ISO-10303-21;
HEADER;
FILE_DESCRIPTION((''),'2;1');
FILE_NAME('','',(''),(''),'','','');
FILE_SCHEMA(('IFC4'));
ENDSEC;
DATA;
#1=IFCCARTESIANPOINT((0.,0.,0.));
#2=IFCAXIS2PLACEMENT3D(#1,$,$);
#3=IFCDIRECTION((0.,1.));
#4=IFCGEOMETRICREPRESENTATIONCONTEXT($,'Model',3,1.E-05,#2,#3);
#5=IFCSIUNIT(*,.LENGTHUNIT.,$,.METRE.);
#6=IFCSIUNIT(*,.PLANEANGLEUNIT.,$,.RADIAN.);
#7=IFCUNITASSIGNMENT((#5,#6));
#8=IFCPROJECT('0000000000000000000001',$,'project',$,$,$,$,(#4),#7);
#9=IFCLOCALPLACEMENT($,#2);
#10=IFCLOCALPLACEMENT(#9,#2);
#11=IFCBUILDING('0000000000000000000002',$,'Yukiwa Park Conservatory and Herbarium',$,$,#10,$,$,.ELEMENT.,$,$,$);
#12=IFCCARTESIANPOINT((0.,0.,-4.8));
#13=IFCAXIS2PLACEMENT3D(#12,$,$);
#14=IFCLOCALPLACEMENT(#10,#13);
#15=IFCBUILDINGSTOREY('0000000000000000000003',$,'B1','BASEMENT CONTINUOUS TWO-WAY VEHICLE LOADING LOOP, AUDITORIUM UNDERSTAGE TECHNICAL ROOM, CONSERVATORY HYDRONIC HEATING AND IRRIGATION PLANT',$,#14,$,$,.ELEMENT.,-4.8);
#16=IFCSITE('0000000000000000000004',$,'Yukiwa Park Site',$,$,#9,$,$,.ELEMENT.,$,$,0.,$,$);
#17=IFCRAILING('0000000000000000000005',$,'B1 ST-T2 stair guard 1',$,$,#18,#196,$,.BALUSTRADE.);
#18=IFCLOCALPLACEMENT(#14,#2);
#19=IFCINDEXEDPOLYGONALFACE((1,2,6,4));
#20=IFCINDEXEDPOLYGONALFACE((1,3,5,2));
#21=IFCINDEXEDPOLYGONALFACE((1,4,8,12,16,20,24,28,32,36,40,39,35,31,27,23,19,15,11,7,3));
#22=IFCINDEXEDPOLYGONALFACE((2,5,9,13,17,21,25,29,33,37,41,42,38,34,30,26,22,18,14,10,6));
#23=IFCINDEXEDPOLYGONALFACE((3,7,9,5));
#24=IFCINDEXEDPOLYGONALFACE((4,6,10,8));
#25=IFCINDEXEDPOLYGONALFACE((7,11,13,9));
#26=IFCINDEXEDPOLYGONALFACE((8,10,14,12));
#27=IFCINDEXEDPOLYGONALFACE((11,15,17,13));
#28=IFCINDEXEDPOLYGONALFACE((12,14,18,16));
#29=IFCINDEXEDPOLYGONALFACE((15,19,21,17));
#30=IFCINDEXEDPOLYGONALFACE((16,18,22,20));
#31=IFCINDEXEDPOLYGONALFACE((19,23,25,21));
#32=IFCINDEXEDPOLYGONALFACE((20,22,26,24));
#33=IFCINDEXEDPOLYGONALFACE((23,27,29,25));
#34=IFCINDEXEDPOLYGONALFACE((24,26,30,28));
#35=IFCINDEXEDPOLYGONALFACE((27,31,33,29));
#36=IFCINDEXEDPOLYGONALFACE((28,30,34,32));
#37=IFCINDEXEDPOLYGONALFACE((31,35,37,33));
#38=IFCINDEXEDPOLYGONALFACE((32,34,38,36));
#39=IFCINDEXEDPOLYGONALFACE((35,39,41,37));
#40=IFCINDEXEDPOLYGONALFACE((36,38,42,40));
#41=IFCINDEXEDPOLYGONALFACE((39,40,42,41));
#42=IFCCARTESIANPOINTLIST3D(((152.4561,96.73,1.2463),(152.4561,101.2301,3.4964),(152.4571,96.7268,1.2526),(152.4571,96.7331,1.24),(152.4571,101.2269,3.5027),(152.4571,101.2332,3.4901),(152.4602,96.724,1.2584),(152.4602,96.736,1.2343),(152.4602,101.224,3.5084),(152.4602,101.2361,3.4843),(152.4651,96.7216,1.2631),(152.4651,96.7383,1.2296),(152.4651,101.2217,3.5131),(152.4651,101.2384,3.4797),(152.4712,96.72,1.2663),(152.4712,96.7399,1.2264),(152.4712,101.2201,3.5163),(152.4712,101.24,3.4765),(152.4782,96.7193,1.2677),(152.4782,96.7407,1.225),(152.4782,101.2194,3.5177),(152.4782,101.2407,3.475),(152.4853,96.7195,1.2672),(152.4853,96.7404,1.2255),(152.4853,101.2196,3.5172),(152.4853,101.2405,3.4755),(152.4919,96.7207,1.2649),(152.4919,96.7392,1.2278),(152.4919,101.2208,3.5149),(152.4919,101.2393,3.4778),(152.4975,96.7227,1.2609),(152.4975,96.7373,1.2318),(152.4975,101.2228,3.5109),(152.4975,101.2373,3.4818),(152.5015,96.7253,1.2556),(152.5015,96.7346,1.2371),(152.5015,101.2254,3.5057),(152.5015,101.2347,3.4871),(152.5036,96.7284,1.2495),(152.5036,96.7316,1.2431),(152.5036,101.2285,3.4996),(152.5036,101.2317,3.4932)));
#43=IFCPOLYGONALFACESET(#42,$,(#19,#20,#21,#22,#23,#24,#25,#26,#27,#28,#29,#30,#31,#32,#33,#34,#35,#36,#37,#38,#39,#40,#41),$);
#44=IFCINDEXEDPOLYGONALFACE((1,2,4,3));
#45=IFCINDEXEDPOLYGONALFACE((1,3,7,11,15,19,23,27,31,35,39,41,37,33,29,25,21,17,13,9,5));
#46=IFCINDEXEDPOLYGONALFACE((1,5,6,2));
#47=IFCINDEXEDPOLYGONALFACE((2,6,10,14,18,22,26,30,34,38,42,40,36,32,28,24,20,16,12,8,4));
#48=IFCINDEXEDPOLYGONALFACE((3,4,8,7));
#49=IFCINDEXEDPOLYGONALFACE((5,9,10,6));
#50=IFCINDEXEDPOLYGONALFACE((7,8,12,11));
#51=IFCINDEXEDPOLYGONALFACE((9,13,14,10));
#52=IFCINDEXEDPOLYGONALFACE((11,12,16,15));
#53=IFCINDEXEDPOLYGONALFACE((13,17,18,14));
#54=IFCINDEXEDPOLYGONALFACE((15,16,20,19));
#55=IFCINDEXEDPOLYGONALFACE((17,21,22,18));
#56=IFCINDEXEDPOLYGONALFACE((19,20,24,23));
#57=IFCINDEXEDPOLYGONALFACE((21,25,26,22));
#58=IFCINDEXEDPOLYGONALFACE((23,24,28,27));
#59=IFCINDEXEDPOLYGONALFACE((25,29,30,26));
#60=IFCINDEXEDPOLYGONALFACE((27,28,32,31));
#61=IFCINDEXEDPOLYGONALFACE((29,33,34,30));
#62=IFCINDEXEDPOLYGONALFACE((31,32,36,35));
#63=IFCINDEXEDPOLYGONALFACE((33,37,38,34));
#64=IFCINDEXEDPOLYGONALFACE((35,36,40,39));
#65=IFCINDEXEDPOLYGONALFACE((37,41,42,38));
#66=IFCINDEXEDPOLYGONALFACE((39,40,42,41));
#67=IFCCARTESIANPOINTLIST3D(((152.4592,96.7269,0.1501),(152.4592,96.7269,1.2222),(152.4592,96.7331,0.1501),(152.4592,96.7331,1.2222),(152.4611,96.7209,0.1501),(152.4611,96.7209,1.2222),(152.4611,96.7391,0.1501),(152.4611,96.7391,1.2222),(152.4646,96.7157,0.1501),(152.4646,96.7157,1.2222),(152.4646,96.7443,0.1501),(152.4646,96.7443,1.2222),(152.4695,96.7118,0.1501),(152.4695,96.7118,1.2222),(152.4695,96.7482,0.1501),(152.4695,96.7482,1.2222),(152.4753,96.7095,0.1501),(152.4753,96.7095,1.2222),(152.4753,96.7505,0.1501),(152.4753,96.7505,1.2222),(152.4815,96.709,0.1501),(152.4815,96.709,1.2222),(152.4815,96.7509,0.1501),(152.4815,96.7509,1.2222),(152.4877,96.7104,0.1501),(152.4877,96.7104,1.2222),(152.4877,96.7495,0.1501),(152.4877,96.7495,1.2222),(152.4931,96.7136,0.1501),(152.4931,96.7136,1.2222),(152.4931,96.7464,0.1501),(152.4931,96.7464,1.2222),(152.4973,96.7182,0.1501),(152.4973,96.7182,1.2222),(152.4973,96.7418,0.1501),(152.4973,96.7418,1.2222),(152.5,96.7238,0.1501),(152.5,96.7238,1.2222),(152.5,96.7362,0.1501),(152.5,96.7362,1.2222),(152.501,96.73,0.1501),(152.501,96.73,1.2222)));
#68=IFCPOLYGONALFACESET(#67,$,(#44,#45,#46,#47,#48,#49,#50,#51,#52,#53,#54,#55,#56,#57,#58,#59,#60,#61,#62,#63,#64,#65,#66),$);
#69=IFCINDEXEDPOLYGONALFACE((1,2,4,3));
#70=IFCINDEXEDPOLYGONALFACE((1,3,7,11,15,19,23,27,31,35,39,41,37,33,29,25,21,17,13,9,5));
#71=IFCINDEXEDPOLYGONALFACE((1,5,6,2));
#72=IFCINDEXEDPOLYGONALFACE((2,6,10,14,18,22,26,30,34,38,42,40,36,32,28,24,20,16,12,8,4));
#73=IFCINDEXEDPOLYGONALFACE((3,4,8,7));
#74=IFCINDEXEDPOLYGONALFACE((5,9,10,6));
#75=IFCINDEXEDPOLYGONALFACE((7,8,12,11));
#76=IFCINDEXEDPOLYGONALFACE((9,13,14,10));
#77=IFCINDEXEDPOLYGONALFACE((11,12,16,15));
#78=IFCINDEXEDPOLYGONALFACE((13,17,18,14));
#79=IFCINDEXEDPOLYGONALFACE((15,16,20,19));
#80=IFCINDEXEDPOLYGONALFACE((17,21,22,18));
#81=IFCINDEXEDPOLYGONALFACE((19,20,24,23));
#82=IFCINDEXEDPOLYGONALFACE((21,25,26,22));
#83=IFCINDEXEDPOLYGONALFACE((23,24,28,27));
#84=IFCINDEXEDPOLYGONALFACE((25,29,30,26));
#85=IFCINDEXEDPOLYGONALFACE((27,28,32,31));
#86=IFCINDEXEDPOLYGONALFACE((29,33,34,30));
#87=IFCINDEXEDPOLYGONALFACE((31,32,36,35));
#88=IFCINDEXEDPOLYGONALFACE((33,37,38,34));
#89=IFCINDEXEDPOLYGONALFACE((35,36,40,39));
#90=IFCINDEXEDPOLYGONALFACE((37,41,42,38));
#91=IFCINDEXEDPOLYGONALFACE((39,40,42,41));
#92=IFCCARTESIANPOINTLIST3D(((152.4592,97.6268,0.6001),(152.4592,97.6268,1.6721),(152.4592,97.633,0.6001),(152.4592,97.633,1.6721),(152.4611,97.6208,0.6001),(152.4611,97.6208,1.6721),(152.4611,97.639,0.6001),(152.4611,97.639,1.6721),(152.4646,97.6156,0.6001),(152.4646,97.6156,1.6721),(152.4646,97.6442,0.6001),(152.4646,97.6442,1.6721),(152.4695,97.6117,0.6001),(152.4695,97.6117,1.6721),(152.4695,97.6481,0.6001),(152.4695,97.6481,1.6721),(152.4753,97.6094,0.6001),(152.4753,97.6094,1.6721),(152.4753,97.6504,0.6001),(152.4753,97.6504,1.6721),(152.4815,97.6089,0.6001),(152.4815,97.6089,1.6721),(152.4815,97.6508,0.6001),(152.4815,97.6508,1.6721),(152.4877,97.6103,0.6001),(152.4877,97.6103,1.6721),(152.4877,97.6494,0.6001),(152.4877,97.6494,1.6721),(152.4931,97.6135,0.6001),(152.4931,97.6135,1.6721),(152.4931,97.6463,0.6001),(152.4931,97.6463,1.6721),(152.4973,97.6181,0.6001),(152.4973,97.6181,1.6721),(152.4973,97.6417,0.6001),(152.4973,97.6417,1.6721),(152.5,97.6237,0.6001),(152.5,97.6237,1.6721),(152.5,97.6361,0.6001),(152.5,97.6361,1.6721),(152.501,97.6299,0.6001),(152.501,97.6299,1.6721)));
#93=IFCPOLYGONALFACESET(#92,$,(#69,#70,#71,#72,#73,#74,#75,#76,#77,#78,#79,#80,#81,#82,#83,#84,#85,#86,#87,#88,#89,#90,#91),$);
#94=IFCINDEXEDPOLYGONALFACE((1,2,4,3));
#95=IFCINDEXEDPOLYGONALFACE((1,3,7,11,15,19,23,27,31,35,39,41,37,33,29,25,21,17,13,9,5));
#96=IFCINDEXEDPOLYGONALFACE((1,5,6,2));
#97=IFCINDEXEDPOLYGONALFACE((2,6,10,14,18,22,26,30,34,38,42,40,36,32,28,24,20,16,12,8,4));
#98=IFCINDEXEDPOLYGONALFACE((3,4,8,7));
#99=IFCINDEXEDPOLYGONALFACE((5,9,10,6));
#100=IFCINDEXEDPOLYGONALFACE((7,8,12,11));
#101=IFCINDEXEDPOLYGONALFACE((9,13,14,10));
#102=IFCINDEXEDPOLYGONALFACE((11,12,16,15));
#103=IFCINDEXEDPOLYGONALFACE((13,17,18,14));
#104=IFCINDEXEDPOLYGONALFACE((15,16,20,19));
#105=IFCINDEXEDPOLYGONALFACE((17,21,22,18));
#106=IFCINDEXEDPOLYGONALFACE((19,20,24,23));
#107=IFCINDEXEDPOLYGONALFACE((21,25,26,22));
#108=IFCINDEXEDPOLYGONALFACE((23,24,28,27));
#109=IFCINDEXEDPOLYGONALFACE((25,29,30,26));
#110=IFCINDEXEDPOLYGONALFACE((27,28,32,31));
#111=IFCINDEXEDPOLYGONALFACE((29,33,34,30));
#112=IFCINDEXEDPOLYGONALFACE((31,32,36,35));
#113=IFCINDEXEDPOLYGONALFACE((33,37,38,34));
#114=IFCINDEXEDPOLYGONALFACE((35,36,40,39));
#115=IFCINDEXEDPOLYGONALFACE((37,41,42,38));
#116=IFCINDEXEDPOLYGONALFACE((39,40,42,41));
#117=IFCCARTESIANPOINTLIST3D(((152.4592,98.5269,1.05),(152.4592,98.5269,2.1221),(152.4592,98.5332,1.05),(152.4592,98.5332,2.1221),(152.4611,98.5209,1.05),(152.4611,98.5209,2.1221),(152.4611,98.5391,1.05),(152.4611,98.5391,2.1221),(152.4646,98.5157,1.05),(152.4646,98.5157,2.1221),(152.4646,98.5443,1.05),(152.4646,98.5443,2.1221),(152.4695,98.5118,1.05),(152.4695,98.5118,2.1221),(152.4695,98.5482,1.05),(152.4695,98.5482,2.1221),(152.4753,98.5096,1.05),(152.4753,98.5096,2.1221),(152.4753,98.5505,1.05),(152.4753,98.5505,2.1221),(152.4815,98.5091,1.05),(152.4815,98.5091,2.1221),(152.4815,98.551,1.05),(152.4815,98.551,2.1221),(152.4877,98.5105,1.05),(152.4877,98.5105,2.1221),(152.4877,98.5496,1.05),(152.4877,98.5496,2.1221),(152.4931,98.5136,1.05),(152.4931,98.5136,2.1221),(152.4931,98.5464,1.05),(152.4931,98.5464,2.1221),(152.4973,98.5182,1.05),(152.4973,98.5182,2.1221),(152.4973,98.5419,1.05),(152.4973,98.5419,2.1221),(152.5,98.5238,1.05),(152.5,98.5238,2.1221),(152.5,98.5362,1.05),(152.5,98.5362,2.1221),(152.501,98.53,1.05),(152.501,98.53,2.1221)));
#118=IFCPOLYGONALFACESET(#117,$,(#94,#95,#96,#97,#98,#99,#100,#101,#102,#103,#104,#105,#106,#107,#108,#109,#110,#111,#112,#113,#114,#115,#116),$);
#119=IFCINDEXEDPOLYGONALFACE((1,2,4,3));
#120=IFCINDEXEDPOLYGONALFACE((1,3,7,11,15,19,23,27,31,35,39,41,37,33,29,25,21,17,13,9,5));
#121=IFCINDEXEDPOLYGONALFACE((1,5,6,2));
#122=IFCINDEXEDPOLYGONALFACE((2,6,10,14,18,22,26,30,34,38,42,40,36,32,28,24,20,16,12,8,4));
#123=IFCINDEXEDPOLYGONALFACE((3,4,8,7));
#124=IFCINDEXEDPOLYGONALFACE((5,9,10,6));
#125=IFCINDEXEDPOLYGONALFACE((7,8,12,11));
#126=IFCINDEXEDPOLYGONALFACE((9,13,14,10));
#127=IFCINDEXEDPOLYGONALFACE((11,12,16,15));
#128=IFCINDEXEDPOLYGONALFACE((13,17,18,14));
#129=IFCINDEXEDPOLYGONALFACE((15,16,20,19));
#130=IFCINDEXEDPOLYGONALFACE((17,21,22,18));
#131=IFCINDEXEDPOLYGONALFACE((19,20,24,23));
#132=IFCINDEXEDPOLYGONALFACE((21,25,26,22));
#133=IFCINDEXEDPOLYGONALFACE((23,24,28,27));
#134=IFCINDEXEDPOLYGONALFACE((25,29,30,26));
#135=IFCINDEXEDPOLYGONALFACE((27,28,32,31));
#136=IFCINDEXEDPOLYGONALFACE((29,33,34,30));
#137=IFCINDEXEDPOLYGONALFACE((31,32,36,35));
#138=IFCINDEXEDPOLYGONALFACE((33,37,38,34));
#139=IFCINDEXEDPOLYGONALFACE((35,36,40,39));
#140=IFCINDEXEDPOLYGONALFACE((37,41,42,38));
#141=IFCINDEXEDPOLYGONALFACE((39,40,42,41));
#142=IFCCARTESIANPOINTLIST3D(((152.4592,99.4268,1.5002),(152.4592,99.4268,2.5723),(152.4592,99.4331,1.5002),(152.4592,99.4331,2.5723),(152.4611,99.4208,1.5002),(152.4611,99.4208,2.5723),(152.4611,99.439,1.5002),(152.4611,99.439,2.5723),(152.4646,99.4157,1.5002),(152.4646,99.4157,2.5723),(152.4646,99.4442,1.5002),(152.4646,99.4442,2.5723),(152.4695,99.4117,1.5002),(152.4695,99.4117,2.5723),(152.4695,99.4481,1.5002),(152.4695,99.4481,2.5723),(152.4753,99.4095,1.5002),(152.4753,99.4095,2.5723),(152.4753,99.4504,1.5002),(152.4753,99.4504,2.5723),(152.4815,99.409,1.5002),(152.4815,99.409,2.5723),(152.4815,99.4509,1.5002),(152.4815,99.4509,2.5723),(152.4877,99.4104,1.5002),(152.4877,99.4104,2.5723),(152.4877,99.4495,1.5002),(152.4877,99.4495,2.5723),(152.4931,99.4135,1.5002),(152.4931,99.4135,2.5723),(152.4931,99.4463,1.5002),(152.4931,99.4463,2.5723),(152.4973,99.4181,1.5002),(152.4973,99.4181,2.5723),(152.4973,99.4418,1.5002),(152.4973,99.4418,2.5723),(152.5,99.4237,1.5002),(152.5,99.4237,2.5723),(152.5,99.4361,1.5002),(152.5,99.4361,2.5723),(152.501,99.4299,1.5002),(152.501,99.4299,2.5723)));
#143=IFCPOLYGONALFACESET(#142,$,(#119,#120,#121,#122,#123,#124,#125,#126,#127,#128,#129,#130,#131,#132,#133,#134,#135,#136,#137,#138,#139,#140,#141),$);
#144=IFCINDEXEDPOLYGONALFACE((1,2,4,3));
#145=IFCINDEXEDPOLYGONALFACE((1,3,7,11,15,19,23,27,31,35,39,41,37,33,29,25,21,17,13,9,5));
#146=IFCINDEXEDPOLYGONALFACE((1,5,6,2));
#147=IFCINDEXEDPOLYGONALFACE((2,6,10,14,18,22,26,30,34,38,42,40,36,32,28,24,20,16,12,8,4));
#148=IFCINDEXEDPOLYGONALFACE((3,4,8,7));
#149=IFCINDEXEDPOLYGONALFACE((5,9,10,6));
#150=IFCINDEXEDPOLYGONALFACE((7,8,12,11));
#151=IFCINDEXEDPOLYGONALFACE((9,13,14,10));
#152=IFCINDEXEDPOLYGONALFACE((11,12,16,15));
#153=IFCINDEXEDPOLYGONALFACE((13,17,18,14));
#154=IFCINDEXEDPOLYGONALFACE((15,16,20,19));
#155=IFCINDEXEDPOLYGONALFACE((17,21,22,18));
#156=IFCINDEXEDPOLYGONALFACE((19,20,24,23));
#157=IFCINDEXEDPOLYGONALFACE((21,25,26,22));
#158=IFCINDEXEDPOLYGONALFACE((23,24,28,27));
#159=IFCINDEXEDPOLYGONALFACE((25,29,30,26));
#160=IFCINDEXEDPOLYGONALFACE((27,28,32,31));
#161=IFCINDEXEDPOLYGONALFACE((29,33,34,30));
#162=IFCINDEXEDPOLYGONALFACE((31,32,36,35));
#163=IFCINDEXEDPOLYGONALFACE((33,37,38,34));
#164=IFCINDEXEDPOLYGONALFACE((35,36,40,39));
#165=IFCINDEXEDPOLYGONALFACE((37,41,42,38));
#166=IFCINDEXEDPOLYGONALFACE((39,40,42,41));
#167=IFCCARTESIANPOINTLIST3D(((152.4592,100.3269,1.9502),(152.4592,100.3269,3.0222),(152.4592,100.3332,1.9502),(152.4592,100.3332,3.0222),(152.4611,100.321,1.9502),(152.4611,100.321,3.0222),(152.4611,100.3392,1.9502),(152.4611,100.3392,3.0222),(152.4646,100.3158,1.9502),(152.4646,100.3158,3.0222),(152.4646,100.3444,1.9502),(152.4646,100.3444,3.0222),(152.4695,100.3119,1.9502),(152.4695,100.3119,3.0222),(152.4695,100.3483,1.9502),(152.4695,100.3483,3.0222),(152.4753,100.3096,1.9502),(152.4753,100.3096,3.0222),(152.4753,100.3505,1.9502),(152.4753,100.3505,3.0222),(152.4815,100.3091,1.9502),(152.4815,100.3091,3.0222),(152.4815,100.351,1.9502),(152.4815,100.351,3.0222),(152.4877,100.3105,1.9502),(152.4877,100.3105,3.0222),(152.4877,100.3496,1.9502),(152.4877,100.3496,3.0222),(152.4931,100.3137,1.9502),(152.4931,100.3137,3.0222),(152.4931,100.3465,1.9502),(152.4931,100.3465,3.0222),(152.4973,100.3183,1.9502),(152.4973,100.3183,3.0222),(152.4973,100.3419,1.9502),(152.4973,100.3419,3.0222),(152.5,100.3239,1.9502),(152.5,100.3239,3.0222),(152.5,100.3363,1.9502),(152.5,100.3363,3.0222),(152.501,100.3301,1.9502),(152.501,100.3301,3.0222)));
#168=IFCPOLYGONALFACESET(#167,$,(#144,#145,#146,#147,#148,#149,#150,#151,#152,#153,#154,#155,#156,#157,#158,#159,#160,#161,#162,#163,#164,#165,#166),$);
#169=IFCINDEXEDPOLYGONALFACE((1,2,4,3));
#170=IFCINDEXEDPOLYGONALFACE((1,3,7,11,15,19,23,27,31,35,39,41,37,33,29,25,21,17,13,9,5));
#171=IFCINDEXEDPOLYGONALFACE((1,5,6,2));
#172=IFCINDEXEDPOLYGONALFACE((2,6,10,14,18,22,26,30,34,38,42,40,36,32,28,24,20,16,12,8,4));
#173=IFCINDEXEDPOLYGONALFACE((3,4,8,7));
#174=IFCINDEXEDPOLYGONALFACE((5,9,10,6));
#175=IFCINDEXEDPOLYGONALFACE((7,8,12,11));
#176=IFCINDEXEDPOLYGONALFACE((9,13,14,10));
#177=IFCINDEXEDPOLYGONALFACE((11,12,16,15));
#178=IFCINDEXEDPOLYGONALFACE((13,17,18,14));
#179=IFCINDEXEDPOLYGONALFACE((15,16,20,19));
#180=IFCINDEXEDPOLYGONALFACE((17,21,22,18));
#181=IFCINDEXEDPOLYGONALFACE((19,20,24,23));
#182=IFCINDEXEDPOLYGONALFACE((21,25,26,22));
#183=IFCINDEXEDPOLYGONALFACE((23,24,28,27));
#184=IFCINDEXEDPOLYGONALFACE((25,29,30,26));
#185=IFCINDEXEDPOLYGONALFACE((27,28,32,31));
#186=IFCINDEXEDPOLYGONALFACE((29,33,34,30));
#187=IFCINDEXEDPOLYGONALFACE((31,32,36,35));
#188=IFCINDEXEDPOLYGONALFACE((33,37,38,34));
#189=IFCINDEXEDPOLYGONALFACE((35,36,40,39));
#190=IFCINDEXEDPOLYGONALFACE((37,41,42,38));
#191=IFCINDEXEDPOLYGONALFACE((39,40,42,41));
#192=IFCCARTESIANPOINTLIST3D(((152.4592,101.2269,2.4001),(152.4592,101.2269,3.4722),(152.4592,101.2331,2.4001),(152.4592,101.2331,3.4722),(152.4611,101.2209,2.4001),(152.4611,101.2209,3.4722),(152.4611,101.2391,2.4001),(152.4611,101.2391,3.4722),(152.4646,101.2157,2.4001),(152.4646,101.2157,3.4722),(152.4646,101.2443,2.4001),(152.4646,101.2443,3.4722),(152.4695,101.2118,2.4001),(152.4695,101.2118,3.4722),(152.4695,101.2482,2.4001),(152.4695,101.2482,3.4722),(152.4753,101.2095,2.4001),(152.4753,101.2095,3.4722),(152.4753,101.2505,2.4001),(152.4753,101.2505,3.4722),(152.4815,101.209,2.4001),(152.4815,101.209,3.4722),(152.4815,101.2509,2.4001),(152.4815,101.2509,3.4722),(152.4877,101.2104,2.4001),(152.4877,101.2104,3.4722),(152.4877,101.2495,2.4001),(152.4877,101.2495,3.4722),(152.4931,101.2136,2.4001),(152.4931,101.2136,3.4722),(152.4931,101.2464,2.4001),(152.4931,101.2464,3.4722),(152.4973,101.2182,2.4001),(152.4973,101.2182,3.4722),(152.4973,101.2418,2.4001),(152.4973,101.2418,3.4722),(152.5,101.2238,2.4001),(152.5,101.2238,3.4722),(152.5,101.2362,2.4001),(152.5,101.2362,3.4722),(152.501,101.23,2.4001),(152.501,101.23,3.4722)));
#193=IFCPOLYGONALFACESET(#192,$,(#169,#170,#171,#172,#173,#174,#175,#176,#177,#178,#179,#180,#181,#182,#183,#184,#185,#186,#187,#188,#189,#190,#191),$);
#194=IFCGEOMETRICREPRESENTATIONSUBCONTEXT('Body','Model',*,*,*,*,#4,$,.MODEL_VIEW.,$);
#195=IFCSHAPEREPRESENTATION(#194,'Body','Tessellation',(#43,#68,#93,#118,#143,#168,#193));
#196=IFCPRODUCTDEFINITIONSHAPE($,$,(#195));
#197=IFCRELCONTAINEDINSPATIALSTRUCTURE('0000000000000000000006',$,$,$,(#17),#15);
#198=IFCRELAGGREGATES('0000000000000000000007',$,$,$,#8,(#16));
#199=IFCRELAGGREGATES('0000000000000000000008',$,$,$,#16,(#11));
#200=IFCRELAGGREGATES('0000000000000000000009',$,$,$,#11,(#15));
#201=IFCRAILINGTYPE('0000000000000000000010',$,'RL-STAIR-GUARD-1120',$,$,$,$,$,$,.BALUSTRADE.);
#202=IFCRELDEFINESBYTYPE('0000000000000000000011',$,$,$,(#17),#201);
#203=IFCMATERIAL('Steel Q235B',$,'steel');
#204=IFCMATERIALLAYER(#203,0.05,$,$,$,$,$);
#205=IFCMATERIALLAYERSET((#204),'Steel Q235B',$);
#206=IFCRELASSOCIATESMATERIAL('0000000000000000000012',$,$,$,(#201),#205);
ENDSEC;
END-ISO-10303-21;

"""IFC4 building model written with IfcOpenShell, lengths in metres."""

from ifc_helpers import new_model, si_unit, direction, frame, origin, origin_2d, place, context, subcontext, project, spatial, circle, extrude, material, layer, layer_set, type_object, element, save


model = new_model("IFC4")

# Units and contexts
model_context = context("Model", 3, precision=1e-05, world=origin(), true_north=direction((0.0, 1.0)))
body_context = subcontext(model_context, "Body", "Model", "MODEL_VIEW")
ifc_project = project(units=[si_unit("LENGTHUNIT", "METRE"), si_unit("PLANEANGLEUNIT", "RADIAN")], contexts=[model_context])

# Site, building, storey
site_placement = place(None, origin())
site = spatial("IfcSite", under=ifc_project, at=site_placement, Name="Yukiwa Park Site", CompositionType="ELEMENT", RefElevation=0.0)
building_placement = place(site_placement, origin())
building = spatial("IfcBuilding", under=site, at=building_placement, Name="Yukiwa Park Conservatory and Herbarium", CompositionType="ELEMENT")
storey_placement = place(building_placement, frame((0.0, 0.0, -4.8)))
storey = spatial("IfcBuildingStorey", under=building, at=storey_placement, Name="B1", Description="BASEMENT CONTINUOUS TWO-WAY VEHICLE LOADING LOOP, AUDITORIUM UNDERSTAGE TECHNICAL ROOM, CONSERVATORY HYDRONIC HEATING AND IRRIGATION PLANT", CompositionType="ELEMENT", Elevation=-4.8)

# Railing
ifc_material_1 = material(Name="Steel Q235B", Category="steel")
ifc_layer_1 = layer(ifc_material_1, 0.05)
ifc_layer_set_1 = layer_set([ifc_layer_1], Name="Steel Q235B")
railing_type_1 = type_object("IfcRailingType", Name="RL-STAIR-GUARD-1120", PredefinedType="BALUSTRADE", material=ifc_layer_set_1)
railing_1_placement = place(storey_placement, frame((152.48, 96.73, 0.1501)))
element("IfcRailing", 1, at=railing_1_placement, inside=storey, type_object=railing_type_1, Name="B1 ST-T2 stair guard 1", PredefinedType="BALUSTRADE", context=body_context, shape_type="SweptSolid", body=[
    extrude(circle(Radius=0.0239, at=origin_2d()), frame((0.0, 0.0, 1.0962), z_axis=(0.0, 0.894427, 0.447214), x_axis=(-1.0, 0.0, 0.0)), (0.0, 0.0, 1.0), 5.0312),
    extrude(circle(Radius=0.021, at=origin_2d()), origin(), (0.0, 0.0, 1.0), 1.072),
    extrude(circle(Radius=0.021, at=origin_2d()), frame((0.0, 0.8999, 0.45)), (0.0, 0.0, 1.0), 1.072),
    extrude(circle(Radius=0.021, at=origin_2d()), frame((0.0, 1.8, 0.8999)), (0.0, 0.0, 1.0), 1.072),
    extrude(circle(Radius=0.021, at=origin_2d()), frame((0.0, 2.7, 1.3501)), (0.0, 0.0, 1.0), 1.072),
    extrude(circle(Radius=0.021, at=origin_2d()), frame((0.0, 3.6001, 1.8)), (0.0, 0.0, 1.0), 1.072),
    extrude(circle(Radius=0.021, at=origin_2d()), frame((0.0, 4.5, 2.25)), (0.0, 0.0, 1.0), 1.072),
])

save(model, "model.ifc")
